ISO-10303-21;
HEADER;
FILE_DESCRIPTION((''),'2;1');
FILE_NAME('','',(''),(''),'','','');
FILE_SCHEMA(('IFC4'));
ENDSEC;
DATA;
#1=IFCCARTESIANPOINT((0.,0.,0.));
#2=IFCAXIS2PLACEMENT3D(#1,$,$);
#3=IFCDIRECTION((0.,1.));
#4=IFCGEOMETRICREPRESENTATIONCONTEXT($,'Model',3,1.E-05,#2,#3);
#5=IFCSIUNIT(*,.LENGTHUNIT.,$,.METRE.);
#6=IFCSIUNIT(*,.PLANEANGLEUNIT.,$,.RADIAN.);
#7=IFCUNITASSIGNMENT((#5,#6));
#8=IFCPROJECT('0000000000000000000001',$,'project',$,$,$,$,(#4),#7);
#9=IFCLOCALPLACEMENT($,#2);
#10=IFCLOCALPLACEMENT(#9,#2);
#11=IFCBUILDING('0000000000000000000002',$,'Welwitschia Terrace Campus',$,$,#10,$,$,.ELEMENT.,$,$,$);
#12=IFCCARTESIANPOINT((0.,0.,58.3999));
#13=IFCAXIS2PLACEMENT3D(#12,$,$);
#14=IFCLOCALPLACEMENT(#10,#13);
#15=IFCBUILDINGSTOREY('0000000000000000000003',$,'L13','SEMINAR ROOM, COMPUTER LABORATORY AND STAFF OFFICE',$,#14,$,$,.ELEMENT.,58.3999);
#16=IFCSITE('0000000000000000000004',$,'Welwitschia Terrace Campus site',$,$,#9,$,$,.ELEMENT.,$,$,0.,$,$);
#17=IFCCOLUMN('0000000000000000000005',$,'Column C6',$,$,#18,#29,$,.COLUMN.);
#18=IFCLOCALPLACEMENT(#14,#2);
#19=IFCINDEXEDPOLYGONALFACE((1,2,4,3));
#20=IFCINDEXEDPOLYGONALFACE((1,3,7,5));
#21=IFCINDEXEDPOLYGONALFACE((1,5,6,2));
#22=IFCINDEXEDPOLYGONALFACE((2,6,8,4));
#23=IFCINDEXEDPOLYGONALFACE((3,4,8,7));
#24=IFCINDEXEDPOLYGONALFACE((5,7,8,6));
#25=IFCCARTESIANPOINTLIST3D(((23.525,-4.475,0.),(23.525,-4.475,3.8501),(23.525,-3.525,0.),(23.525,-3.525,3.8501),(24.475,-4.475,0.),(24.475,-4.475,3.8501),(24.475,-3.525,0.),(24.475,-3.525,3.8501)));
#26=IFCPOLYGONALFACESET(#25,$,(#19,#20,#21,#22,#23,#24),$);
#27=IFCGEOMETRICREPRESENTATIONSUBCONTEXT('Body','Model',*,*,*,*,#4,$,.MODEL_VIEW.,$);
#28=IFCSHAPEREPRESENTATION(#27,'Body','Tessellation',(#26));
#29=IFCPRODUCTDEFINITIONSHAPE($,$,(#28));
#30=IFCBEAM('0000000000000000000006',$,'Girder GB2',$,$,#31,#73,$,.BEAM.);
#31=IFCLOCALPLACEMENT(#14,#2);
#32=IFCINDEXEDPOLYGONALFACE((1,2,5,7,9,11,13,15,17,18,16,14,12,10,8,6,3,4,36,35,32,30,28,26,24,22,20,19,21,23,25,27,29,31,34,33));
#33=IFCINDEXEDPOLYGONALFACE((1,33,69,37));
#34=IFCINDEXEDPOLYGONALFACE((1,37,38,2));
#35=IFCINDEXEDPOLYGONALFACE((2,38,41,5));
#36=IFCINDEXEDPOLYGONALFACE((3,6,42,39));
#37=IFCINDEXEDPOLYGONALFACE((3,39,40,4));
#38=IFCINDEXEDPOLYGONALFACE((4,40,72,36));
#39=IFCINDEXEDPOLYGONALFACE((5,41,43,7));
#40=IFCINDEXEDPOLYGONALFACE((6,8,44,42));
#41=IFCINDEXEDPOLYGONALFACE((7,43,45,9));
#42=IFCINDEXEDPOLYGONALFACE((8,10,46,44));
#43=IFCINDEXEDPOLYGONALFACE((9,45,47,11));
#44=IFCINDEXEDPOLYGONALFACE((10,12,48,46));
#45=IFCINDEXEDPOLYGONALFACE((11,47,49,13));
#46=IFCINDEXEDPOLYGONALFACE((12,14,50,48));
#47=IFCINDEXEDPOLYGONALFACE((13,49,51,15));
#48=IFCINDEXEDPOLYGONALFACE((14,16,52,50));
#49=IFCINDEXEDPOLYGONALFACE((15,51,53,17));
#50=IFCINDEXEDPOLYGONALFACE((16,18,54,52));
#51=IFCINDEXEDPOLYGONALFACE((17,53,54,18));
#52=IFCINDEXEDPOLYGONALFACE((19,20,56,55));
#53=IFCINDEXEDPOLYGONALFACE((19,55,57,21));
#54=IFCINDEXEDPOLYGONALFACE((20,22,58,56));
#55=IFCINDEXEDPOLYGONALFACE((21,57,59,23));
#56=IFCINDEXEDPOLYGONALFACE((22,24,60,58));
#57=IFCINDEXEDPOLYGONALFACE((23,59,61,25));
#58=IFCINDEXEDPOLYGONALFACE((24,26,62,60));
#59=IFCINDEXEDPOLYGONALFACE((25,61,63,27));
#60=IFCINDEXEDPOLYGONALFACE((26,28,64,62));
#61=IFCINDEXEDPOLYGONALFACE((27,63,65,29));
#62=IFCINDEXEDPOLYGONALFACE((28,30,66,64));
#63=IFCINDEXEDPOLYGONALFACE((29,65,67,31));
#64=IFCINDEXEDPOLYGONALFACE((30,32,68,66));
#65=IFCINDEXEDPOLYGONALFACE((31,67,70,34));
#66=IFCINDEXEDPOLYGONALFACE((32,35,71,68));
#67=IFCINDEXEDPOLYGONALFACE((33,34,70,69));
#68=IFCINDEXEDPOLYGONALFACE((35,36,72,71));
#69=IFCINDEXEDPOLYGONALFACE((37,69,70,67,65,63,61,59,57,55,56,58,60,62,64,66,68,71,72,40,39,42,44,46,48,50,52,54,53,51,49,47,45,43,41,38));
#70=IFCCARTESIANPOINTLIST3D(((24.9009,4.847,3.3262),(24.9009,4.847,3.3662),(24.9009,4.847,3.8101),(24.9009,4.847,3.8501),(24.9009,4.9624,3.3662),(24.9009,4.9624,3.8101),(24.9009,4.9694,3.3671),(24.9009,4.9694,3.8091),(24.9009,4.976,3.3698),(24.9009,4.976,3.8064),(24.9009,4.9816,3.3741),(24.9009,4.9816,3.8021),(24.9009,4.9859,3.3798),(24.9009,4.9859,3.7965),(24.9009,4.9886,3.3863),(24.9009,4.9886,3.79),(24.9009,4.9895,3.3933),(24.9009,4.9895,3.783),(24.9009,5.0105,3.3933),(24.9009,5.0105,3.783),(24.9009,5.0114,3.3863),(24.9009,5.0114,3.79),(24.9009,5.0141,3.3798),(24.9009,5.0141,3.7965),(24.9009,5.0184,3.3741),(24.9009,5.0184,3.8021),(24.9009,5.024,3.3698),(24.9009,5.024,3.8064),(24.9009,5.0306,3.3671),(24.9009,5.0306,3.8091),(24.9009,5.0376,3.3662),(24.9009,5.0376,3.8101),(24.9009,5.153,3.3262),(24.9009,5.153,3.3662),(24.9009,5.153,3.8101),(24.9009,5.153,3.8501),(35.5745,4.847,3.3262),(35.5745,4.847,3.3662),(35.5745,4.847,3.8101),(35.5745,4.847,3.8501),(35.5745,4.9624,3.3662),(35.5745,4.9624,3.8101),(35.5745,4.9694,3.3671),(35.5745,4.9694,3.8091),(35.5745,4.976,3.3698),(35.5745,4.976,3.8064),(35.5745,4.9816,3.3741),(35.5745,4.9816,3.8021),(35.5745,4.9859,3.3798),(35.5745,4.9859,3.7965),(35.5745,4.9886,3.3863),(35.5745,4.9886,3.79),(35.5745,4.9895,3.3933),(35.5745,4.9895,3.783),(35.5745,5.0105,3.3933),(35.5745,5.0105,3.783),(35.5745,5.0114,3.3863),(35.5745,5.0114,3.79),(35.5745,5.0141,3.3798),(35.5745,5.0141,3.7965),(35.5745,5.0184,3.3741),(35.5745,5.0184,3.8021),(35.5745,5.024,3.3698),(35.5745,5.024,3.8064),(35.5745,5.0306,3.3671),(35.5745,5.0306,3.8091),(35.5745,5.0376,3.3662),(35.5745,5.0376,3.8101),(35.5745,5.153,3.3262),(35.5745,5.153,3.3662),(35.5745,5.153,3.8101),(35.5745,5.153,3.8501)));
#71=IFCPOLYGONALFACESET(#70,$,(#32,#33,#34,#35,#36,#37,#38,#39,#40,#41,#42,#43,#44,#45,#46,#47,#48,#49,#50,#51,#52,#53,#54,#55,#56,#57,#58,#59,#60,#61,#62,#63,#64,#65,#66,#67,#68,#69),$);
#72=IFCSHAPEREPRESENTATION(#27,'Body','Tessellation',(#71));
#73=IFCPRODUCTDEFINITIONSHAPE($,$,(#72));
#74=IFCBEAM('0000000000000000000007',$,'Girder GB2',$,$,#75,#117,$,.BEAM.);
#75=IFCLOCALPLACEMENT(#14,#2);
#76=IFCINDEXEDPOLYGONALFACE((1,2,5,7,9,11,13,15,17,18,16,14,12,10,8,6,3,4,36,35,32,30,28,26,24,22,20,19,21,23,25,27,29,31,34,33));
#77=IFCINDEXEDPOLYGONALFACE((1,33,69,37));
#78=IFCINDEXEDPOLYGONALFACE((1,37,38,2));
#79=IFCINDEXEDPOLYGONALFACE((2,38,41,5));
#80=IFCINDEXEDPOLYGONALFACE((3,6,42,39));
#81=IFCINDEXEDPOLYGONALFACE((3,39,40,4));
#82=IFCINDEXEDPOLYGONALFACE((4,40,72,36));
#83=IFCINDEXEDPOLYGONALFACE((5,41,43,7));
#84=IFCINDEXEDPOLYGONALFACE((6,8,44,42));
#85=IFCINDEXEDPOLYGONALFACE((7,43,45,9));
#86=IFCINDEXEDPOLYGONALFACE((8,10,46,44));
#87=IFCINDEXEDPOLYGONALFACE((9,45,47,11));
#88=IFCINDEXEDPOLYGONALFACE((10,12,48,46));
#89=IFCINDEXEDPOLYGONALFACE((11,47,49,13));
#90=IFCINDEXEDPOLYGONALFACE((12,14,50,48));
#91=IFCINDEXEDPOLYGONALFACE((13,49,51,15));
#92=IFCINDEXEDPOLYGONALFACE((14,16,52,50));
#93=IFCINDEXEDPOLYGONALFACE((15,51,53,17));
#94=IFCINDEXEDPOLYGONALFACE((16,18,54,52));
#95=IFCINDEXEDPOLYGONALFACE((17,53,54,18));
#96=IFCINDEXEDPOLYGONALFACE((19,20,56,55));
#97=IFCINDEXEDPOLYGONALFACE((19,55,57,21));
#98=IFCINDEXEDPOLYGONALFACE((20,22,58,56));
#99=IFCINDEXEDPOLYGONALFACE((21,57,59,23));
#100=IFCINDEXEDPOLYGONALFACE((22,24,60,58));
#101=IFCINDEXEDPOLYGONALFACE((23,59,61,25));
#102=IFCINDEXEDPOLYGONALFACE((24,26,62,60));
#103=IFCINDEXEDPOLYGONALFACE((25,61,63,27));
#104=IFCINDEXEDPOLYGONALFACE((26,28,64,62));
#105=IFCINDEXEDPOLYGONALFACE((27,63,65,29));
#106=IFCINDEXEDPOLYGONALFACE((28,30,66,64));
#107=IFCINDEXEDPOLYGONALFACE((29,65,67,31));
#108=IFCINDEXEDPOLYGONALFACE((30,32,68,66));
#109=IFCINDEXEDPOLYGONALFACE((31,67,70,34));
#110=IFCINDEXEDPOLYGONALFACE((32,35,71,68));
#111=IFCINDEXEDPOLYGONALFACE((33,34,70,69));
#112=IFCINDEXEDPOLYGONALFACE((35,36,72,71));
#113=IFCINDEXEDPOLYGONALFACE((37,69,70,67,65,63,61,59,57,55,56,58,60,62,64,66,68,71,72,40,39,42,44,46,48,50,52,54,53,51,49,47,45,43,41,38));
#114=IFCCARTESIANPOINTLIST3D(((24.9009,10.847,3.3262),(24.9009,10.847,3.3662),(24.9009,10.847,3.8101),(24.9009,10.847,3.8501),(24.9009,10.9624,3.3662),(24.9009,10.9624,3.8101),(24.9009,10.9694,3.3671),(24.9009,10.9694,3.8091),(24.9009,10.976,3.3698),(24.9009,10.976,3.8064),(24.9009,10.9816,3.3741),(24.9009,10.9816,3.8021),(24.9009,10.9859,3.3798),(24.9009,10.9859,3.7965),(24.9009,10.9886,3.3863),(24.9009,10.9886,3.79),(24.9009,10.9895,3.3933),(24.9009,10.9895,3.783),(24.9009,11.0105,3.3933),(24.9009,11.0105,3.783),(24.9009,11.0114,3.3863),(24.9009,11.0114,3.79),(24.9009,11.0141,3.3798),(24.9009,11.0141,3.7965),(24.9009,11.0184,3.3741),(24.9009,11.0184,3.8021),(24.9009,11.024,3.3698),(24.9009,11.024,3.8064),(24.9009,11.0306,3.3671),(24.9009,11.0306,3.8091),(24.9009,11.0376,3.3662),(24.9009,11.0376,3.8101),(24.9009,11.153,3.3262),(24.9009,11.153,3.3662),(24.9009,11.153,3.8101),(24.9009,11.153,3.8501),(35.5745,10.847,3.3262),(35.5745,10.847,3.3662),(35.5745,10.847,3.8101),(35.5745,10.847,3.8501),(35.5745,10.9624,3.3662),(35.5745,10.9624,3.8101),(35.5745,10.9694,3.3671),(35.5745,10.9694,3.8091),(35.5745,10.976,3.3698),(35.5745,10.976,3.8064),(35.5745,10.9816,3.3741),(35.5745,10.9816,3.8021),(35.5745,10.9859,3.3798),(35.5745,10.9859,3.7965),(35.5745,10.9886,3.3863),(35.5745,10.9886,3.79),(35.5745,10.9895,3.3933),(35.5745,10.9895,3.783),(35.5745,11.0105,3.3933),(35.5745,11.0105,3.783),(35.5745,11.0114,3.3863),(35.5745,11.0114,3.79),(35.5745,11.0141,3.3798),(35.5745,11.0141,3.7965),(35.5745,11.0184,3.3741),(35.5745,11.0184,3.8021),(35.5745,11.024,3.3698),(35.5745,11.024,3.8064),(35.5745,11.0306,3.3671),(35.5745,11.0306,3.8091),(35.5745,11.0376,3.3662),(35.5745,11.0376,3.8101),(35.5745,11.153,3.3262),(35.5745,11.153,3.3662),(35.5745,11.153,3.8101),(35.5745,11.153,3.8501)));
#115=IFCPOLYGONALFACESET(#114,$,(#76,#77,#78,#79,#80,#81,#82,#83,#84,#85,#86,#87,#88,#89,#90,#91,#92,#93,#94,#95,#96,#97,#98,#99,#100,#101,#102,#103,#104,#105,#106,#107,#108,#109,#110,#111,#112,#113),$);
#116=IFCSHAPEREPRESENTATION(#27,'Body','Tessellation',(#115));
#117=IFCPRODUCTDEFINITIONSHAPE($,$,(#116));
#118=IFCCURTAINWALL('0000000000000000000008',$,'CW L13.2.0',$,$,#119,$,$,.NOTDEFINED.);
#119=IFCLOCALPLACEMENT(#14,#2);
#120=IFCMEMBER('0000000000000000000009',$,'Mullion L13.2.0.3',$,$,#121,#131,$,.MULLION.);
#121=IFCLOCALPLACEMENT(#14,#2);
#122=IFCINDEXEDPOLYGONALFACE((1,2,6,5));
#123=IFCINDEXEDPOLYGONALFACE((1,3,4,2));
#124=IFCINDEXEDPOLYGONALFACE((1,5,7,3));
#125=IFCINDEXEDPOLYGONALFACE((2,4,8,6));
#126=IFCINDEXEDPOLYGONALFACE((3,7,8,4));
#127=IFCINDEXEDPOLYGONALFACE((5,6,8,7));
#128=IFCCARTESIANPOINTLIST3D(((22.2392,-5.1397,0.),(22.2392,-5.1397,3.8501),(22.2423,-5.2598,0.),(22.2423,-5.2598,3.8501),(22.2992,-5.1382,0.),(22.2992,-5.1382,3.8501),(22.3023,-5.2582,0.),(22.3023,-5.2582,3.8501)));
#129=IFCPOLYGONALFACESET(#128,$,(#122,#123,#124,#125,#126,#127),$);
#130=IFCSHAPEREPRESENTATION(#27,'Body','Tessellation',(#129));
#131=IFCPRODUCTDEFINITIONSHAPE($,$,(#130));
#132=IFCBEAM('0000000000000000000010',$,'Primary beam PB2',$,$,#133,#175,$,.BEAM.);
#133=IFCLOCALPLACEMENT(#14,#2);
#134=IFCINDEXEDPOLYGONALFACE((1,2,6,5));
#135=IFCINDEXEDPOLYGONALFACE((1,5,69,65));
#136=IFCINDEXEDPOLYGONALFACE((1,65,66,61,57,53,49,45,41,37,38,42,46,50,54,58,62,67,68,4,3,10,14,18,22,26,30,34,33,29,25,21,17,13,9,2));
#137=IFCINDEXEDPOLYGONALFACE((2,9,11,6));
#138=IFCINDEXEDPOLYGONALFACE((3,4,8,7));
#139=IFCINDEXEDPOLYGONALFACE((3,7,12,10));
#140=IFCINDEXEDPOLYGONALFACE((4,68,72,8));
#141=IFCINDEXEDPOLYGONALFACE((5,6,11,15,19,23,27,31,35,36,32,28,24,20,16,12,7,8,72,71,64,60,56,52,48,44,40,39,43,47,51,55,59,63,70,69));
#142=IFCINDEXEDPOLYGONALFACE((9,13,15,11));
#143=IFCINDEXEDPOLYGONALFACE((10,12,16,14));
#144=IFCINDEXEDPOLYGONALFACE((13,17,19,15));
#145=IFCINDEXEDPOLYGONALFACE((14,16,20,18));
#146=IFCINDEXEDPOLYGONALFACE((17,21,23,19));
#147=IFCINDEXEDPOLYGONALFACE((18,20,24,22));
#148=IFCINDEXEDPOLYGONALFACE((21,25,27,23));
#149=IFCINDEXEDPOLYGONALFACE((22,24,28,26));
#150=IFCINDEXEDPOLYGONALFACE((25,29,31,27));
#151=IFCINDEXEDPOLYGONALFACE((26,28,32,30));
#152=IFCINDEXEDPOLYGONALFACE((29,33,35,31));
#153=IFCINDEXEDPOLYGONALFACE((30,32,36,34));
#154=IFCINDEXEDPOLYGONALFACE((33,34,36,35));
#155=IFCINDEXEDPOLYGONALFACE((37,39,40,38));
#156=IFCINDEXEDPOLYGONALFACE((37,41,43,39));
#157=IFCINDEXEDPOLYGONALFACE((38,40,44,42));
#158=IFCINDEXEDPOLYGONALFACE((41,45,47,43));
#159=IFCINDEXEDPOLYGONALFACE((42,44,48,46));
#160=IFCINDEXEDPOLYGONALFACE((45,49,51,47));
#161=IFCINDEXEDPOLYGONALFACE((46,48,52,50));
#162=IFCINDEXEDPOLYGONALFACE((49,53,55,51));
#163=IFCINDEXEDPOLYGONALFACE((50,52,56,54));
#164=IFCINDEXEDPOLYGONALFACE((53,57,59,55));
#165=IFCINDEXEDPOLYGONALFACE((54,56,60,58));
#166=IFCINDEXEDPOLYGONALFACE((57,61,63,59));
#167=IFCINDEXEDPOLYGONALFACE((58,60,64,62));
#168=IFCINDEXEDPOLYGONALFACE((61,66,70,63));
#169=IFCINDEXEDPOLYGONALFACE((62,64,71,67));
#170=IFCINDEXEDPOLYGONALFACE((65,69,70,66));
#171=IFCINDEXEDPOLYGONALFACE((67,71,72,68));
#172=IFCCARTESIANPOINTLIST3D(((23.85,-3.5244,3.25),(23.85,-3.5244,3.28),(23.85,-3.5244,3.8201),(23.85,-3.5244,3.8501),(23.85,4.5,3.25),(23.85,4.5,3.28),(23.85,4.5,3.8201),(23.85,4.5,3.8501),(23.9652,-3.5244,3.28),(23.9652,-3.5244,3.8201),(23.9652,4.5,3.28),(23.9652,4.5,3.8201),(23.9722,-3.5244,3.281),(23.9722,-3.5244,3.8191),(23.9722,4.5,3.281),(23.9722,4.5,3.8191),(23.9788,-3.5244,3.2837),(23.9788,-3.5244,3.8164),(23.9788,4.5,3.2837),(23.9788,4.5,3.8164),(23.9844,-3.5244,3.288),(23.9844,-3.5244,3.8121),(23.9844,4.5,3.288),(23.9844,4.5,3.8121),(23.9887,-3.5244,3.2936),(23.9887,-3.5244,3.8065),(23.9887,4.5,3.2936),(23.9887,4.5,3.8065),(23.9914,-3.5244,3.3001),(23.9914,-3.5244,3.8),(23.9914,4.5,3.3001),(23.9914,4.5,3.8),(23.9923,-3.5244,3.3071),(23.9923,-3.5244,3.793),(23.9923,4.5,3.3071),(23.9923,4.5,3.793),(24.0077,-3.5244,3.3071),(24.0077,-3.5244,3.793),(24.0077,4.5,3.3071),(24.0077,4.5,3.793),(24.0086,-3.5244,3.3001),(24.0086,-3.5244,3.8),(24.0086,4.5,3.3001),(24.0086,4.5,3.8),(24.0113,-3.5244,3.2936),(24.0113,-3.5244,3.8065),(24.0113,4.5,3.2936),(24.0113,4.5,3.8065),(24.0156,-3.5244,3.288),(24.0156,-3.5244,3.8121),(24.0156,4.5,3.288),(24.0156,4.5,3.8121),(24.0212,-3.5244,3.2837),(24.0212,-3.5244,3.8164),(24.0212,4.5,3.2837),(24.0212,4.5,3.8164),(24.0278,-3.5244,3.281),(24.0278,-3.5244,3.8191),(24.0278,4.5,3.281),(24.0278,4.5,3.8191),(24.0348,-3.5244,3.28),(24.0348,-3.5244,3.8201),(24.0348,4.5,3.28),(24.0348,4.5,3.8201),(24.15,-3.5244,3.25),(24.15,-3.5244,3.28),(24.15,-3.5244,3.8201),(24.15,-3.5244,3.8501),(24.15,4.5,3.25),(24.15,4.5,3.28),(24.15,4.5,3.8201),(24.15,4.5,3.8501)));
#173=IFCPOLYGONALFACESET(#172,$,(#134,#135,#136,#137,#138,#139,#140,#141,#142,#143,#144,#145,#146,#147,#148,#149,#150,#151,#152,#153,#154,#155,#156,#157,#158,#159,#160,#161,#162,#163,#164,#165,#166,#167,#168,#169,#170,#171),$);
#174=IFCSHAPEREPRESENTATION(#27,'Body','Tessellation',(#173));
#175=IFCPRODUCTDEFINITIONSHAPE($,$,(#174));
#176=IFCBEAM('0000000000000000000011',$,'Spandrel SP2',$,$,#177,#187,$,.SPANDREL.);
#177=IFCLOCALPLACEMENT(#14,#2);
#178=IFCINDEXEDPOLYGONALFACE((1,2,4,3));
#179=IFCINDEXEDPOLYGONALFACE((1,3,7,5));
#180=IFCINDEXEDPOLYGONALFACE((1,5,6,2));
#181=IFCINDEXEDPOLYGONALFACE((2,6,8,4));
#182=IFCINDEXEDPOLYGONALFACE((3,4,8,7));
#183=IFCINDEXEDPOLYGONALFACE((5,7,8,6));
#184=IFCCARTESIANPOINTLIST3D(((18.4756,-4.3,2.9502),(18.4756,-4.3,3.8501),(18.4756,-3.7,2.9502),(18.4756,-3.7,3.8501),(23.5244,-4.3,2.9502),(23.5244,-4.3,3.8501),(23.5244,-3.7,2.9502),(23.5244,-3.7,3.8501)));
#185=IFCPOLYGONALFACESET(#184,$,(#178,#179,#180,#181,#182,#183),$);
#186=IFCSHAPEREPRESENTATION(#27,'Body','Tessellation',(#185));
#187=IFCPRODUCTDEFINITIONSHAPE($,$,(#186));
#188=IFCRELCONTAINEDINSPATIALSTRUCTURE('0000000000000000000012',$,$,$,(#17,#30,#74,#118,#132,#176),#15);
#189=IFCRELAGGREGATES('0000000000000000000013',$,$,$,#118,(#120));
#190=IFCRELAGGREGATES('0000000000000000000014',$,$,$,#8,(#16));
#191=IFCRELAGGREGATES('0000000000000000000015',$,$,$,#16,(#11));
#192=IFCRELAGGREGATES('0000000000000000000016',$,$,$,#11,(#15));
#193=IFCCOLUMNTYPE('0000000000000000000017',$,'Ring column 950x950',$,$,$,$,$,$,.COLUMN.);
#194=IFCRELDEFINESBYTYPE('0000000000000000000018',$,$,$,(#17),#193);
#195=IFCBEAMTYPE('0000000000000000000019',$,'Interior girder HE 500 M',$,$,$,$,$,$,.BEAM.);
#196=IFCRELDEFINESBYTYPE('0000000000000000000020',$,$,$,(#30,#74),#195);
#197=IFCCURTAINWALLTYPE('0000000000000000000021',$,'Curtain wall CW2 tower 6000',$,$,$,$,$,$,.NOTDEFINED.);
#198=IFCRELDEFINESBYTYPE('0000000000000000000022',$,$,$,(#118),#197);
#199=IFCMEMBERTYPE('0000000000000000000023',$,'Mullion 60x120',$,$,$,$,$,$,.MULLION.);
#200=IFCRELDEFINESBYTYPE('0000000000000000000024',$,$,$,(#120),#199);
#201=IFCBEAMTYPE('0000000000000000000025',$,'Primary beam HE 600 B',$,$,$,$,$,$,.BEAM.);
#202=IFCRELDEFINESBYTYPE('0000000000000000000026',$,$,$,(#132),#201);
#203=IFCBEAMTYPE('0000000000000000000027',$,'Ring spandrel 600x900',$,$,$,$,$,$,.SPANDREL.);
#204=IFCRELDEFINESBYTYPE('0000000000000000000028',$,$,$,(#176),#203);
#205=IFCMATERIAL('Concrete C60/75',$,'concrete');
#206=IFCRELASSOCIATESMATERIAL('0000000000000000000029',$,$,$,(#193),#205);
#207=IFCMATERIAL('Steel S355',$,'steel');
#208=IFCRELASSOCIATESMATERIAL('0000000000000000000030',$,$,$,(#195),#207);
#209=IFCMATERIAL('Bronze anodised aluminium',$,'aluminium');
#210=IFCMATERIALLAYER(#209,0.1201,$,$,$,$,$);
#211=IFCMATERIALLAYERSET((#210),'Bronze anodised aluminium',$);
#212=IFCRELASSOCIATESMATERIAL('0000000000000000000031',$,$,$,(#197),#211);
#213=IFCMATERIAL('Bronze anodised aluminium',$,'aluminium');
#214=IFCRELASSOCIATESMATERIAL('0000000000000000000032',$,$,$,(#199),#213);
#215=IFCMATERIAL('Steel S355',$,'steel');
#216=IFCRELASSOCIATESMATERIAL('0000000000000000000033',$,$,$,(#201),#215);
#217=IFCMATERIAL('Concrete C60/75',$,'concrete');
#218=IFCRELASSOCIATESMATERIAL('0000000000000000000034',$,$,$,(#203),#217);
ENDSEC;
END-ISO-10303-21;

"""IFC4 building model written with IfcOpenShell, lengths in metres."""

from ifc_helpers import new_model, si_unit, direction, frame, origin, origin_2d, place, context, subcontext, project, spatial, rectangle, i_section, extrude, material, layer, layer_set, material_profile, profile_set, type_object, element, aggregate, save


model = new_model("IFC4")

# Units and contexts
model_context = context("Model", 3, precision=1e-05, world=origin(), true_north=direction((0.0, 1.0)))
body_context = subcontext(model_context, "Body", "Model", "MODEL_VIEW")
ifc_project = project(units=[si_unit("LENGTHUNIT", "METRE"), si_unit("PLANEANGLEUNIT", "RADIAN")], contexts=[model_context])

# Site, building, storey
site_placement = place(None, origin())
site = spatial("IfcSite", under=ifc_project, at=site_placement, Name="Welwitschia Terrace Campus site", CompositionType="ELEMENT", RefElevation=0.0)
building_placement = place(site_placement, origin())
building = spatial("IfcBuilding", under=site, at=building_placement, Name="Welwitschia Terrace Campus", CompositionType="ELEMENT")
storey_placement = place(building_placement, frame((0.0, 0.0, 58.3999)))
storey = spatial("IfcBuildingStorey", under=building, at=storey_placement, Name="L13", Description="SEMINAR ROOM, COMPUTER LABORATORY AND STAFF OFFICE", CompositionType="ELEMENT", Elevation=58.3999)

# Column
ifc_material_1 = material(Name="Concrete C60/75", Category="concrete")
ifc_material_profile_1 = material_profile(ifc_material_1, rectangle(XDim=0.95, YDim=0.95, at=origin_2d()))
ifc_profile_set_1 = profile_set([ifc_material_profile_1], Name="Concrete C60/75")
column_type = type_object("IfcColumnType", Name="Ring column 950x950", PredefinedType="COLUMN", material=ifc_profile_set_1)
column_placement = place(storey_placement, frame((24.0, -4.0, 0.0), z_axis=(0.0, 0.0, 1.0), x_axis=(1.0, 0.0, 0.0)))
element("IfcColumn", 1, at=column_placement, inside=storey, type_object=column_type, Name="Column C6", PredefinedType="COLUMN", context=body_context, shape_type="SweptSolid", body=[
    extrude(rectangle(XDim=0.95, YDim=0.95, at=origin_2d()), origin(), (0.0, 0.0, 1.0), 3.8501),
])

# Beams
ifc_material_2 = material(Name="Steel S355", Category="steel")
ifc_material_profile_2 = material_profile(ifc_material_2, i_section(OverallWidth=0.3059, OverallDepth=0.5239, WebThickness=0.021, FlangeThickness=0.04, FilletRadius=0.0271, at=origin_2d()))
ifc_profile_set_2 = profile_set([ifc_material_profile_2], Name="Steel S355")
beam_type_1 = type_object("IfcBeamType", Name="Interior girder HE 500 M", PredefinedType="BEAM", material=ifc_profile_set_2)
for number, where, z_axis, x_axis, name in (
    (2, (24.9009, 5.0, 3.5881), (1.0, 0.0, 0.0), (0.0, 1.0, 0.0), "Girder GB2"),
    (3, (24.9009, 11.0, 3.5881), (1.0, 0.0, 0.0), (0.0, 1.0, 0.0), "Girder GB2"),
):
    element("IfcBeam", number, at=place(storey_placement, frame(where, z_axis=z_axis, x_axis=x_axis)), inside=storey, type_object=beam_type_1, Name=name, PredefinedType="BEAM", context=body_context, shape_type="SweptSolid", body=[
        extrude(i_section(OverallWidth=0.3059, OverallDepth=0.5239, WebThickness=0.021, FlangeThickness=0.04, FilletRadius=0.0271, at=origin_2d()), origin(), (0.0, 0.0, 1.0), 10.6736),
    ])

# Curtain wall, member
ifc_material_3 = material(Name="Bronze anodised aluminium", Category="aluminium")
ifc_layer_1 = layer(ifc_material_3, 0.1201)
ifc_layer_set_1 = layer_set([ifc_layer_1], Name="Bronze anodised aluminium")
curtain_wall_type = type_object("IfcCurtainWallType", Name="Curtain wall CW2 tower 6000", PredefinedType="NOTDEFINED", material=ifc_layer_set_1)
curtain_wall_placement = place(storey_placement, origin())
curtain_wall = element("IfcCurtainWall", 4, at=curtain_wall_placement, inside=storey, type_object=curtain_wall_type, Name="CW L13.2.0", PredefinedType="NOTDEFINED")
ifc_material_4 = material(Name="Bronze anodised aluminium", Category="aluminium")
ifc_material_profile_3 = material_profile(ifc_material_4, rectangle(XDim=0.1201, YDim=0.0601, at=origin_2d()))
ifc_profile_set_3 = profile_set([ifc_material_profile_3], Name="Bronze anodised aluminium")
member_type = type_object("IfcMemberType", Name="Mullion 60x120", PredefinedType="MULLION", material=ifc_profile_set_3)
member_placement = place(storey_placement, frame((22.2708, -5.199, 0.0), z_axis=(0.0, 0.0, 1.0), x_axis=(-0.026177, 0.999657, 0.0)))
member = element("IfcMember", 5, at=member_placement, type_object=member_type, Name="Mullion L13.2.0.3", PredefinedType="MULLION", context=body_context, shape_type="SweptSolid", body=[
    extrude(rectangle(XDim=0.1201, YDim=0.0601, at=origin_2d()), origin(), (0.0, 0.0, 1.0), 3.8501),
])

# Beams
ifc_material_5 = material(Name="Steel S355", Category="steel")
ifc_material_profile_4 = material_profile(ifc_material_5, i_section(OverallWidth=0.3, OverallDepth=0.6001, WebThickness=0.0154, FlangeThickness=0.03, FilletRadius=0.0271, at=origin_2d()))
ifc_profile_set_4 = profile_set([ifc_material_profile_4], Name="Steel S355")
beam_type_2 = type_object("IfcBeamType", Name="Primary beam HE 600 B", PredefinedType="BEAM", material=ifc_profile_set_4)
beam_placement = place(storey_placement, frame((24.0, -3.5244, 3.55), z_axis=(0.0, 1.0, 0.0), x_axis=(-1.0, 0.0, 0.0)))
element("IfcBeam", 6, at=beam_placement, inside=storey, type_object=beam_type_2, Name="Primary beam PB2", PredefinedType="BEAM", context=body_context, shape_type="SweptSolid", body=[
    extrude(i_section(OverallWidth=0.3, OverallDepth=0.6001, WebThickness=0.0154, FlangeThickness=0.03, FilletRadius=0.0271, at=origin_2d()), origin(), (0.0, 0.0, 1.0), 8.0244),
])
ifc_material_6 = material(Name="Concrete C60/75", Category="concrete")
ifc_material_profile_5 = material_profile(ifc_material_6, rectangle(XDim=0.6001, YDim=0.8999, at=origin_2d()))
ifc_profile_set_5 = profile_set([ifc_material_profile_5], Name="Concrete C60/75")
beam_type_3 = type_object("IfcBeamType", Name="Ring spandrel 600x900", PredefinedType="SPANDREL", material=ifc_profile_set_5)
for number, where, z_axis, x_axis, name in (
    (7, (18.4756, -4.0, 3.4001), (1.0, 0.0, 0.0), (0.0, 1.0, 0.0), "Spandrel SP2"),
):
    element("IfcBeam", number, at=place(storey_placement, frame(where, z_axis=z_axis, x_axis=x_axis)), inside=storey, type_object=beam_type_3, Name=name, PredefinedType="SPANDREL", context=body_context, shape_type="SweptSolid", body=[
        extrude(rectangle(XDim=0.6001, YDim=0.8999, at=origin_2d()), origin(), (0.0, 0.0, 1.0), 5.0488),
    ])

aggregate(curtain_wall, [member])

save(model, "model.ifc")
